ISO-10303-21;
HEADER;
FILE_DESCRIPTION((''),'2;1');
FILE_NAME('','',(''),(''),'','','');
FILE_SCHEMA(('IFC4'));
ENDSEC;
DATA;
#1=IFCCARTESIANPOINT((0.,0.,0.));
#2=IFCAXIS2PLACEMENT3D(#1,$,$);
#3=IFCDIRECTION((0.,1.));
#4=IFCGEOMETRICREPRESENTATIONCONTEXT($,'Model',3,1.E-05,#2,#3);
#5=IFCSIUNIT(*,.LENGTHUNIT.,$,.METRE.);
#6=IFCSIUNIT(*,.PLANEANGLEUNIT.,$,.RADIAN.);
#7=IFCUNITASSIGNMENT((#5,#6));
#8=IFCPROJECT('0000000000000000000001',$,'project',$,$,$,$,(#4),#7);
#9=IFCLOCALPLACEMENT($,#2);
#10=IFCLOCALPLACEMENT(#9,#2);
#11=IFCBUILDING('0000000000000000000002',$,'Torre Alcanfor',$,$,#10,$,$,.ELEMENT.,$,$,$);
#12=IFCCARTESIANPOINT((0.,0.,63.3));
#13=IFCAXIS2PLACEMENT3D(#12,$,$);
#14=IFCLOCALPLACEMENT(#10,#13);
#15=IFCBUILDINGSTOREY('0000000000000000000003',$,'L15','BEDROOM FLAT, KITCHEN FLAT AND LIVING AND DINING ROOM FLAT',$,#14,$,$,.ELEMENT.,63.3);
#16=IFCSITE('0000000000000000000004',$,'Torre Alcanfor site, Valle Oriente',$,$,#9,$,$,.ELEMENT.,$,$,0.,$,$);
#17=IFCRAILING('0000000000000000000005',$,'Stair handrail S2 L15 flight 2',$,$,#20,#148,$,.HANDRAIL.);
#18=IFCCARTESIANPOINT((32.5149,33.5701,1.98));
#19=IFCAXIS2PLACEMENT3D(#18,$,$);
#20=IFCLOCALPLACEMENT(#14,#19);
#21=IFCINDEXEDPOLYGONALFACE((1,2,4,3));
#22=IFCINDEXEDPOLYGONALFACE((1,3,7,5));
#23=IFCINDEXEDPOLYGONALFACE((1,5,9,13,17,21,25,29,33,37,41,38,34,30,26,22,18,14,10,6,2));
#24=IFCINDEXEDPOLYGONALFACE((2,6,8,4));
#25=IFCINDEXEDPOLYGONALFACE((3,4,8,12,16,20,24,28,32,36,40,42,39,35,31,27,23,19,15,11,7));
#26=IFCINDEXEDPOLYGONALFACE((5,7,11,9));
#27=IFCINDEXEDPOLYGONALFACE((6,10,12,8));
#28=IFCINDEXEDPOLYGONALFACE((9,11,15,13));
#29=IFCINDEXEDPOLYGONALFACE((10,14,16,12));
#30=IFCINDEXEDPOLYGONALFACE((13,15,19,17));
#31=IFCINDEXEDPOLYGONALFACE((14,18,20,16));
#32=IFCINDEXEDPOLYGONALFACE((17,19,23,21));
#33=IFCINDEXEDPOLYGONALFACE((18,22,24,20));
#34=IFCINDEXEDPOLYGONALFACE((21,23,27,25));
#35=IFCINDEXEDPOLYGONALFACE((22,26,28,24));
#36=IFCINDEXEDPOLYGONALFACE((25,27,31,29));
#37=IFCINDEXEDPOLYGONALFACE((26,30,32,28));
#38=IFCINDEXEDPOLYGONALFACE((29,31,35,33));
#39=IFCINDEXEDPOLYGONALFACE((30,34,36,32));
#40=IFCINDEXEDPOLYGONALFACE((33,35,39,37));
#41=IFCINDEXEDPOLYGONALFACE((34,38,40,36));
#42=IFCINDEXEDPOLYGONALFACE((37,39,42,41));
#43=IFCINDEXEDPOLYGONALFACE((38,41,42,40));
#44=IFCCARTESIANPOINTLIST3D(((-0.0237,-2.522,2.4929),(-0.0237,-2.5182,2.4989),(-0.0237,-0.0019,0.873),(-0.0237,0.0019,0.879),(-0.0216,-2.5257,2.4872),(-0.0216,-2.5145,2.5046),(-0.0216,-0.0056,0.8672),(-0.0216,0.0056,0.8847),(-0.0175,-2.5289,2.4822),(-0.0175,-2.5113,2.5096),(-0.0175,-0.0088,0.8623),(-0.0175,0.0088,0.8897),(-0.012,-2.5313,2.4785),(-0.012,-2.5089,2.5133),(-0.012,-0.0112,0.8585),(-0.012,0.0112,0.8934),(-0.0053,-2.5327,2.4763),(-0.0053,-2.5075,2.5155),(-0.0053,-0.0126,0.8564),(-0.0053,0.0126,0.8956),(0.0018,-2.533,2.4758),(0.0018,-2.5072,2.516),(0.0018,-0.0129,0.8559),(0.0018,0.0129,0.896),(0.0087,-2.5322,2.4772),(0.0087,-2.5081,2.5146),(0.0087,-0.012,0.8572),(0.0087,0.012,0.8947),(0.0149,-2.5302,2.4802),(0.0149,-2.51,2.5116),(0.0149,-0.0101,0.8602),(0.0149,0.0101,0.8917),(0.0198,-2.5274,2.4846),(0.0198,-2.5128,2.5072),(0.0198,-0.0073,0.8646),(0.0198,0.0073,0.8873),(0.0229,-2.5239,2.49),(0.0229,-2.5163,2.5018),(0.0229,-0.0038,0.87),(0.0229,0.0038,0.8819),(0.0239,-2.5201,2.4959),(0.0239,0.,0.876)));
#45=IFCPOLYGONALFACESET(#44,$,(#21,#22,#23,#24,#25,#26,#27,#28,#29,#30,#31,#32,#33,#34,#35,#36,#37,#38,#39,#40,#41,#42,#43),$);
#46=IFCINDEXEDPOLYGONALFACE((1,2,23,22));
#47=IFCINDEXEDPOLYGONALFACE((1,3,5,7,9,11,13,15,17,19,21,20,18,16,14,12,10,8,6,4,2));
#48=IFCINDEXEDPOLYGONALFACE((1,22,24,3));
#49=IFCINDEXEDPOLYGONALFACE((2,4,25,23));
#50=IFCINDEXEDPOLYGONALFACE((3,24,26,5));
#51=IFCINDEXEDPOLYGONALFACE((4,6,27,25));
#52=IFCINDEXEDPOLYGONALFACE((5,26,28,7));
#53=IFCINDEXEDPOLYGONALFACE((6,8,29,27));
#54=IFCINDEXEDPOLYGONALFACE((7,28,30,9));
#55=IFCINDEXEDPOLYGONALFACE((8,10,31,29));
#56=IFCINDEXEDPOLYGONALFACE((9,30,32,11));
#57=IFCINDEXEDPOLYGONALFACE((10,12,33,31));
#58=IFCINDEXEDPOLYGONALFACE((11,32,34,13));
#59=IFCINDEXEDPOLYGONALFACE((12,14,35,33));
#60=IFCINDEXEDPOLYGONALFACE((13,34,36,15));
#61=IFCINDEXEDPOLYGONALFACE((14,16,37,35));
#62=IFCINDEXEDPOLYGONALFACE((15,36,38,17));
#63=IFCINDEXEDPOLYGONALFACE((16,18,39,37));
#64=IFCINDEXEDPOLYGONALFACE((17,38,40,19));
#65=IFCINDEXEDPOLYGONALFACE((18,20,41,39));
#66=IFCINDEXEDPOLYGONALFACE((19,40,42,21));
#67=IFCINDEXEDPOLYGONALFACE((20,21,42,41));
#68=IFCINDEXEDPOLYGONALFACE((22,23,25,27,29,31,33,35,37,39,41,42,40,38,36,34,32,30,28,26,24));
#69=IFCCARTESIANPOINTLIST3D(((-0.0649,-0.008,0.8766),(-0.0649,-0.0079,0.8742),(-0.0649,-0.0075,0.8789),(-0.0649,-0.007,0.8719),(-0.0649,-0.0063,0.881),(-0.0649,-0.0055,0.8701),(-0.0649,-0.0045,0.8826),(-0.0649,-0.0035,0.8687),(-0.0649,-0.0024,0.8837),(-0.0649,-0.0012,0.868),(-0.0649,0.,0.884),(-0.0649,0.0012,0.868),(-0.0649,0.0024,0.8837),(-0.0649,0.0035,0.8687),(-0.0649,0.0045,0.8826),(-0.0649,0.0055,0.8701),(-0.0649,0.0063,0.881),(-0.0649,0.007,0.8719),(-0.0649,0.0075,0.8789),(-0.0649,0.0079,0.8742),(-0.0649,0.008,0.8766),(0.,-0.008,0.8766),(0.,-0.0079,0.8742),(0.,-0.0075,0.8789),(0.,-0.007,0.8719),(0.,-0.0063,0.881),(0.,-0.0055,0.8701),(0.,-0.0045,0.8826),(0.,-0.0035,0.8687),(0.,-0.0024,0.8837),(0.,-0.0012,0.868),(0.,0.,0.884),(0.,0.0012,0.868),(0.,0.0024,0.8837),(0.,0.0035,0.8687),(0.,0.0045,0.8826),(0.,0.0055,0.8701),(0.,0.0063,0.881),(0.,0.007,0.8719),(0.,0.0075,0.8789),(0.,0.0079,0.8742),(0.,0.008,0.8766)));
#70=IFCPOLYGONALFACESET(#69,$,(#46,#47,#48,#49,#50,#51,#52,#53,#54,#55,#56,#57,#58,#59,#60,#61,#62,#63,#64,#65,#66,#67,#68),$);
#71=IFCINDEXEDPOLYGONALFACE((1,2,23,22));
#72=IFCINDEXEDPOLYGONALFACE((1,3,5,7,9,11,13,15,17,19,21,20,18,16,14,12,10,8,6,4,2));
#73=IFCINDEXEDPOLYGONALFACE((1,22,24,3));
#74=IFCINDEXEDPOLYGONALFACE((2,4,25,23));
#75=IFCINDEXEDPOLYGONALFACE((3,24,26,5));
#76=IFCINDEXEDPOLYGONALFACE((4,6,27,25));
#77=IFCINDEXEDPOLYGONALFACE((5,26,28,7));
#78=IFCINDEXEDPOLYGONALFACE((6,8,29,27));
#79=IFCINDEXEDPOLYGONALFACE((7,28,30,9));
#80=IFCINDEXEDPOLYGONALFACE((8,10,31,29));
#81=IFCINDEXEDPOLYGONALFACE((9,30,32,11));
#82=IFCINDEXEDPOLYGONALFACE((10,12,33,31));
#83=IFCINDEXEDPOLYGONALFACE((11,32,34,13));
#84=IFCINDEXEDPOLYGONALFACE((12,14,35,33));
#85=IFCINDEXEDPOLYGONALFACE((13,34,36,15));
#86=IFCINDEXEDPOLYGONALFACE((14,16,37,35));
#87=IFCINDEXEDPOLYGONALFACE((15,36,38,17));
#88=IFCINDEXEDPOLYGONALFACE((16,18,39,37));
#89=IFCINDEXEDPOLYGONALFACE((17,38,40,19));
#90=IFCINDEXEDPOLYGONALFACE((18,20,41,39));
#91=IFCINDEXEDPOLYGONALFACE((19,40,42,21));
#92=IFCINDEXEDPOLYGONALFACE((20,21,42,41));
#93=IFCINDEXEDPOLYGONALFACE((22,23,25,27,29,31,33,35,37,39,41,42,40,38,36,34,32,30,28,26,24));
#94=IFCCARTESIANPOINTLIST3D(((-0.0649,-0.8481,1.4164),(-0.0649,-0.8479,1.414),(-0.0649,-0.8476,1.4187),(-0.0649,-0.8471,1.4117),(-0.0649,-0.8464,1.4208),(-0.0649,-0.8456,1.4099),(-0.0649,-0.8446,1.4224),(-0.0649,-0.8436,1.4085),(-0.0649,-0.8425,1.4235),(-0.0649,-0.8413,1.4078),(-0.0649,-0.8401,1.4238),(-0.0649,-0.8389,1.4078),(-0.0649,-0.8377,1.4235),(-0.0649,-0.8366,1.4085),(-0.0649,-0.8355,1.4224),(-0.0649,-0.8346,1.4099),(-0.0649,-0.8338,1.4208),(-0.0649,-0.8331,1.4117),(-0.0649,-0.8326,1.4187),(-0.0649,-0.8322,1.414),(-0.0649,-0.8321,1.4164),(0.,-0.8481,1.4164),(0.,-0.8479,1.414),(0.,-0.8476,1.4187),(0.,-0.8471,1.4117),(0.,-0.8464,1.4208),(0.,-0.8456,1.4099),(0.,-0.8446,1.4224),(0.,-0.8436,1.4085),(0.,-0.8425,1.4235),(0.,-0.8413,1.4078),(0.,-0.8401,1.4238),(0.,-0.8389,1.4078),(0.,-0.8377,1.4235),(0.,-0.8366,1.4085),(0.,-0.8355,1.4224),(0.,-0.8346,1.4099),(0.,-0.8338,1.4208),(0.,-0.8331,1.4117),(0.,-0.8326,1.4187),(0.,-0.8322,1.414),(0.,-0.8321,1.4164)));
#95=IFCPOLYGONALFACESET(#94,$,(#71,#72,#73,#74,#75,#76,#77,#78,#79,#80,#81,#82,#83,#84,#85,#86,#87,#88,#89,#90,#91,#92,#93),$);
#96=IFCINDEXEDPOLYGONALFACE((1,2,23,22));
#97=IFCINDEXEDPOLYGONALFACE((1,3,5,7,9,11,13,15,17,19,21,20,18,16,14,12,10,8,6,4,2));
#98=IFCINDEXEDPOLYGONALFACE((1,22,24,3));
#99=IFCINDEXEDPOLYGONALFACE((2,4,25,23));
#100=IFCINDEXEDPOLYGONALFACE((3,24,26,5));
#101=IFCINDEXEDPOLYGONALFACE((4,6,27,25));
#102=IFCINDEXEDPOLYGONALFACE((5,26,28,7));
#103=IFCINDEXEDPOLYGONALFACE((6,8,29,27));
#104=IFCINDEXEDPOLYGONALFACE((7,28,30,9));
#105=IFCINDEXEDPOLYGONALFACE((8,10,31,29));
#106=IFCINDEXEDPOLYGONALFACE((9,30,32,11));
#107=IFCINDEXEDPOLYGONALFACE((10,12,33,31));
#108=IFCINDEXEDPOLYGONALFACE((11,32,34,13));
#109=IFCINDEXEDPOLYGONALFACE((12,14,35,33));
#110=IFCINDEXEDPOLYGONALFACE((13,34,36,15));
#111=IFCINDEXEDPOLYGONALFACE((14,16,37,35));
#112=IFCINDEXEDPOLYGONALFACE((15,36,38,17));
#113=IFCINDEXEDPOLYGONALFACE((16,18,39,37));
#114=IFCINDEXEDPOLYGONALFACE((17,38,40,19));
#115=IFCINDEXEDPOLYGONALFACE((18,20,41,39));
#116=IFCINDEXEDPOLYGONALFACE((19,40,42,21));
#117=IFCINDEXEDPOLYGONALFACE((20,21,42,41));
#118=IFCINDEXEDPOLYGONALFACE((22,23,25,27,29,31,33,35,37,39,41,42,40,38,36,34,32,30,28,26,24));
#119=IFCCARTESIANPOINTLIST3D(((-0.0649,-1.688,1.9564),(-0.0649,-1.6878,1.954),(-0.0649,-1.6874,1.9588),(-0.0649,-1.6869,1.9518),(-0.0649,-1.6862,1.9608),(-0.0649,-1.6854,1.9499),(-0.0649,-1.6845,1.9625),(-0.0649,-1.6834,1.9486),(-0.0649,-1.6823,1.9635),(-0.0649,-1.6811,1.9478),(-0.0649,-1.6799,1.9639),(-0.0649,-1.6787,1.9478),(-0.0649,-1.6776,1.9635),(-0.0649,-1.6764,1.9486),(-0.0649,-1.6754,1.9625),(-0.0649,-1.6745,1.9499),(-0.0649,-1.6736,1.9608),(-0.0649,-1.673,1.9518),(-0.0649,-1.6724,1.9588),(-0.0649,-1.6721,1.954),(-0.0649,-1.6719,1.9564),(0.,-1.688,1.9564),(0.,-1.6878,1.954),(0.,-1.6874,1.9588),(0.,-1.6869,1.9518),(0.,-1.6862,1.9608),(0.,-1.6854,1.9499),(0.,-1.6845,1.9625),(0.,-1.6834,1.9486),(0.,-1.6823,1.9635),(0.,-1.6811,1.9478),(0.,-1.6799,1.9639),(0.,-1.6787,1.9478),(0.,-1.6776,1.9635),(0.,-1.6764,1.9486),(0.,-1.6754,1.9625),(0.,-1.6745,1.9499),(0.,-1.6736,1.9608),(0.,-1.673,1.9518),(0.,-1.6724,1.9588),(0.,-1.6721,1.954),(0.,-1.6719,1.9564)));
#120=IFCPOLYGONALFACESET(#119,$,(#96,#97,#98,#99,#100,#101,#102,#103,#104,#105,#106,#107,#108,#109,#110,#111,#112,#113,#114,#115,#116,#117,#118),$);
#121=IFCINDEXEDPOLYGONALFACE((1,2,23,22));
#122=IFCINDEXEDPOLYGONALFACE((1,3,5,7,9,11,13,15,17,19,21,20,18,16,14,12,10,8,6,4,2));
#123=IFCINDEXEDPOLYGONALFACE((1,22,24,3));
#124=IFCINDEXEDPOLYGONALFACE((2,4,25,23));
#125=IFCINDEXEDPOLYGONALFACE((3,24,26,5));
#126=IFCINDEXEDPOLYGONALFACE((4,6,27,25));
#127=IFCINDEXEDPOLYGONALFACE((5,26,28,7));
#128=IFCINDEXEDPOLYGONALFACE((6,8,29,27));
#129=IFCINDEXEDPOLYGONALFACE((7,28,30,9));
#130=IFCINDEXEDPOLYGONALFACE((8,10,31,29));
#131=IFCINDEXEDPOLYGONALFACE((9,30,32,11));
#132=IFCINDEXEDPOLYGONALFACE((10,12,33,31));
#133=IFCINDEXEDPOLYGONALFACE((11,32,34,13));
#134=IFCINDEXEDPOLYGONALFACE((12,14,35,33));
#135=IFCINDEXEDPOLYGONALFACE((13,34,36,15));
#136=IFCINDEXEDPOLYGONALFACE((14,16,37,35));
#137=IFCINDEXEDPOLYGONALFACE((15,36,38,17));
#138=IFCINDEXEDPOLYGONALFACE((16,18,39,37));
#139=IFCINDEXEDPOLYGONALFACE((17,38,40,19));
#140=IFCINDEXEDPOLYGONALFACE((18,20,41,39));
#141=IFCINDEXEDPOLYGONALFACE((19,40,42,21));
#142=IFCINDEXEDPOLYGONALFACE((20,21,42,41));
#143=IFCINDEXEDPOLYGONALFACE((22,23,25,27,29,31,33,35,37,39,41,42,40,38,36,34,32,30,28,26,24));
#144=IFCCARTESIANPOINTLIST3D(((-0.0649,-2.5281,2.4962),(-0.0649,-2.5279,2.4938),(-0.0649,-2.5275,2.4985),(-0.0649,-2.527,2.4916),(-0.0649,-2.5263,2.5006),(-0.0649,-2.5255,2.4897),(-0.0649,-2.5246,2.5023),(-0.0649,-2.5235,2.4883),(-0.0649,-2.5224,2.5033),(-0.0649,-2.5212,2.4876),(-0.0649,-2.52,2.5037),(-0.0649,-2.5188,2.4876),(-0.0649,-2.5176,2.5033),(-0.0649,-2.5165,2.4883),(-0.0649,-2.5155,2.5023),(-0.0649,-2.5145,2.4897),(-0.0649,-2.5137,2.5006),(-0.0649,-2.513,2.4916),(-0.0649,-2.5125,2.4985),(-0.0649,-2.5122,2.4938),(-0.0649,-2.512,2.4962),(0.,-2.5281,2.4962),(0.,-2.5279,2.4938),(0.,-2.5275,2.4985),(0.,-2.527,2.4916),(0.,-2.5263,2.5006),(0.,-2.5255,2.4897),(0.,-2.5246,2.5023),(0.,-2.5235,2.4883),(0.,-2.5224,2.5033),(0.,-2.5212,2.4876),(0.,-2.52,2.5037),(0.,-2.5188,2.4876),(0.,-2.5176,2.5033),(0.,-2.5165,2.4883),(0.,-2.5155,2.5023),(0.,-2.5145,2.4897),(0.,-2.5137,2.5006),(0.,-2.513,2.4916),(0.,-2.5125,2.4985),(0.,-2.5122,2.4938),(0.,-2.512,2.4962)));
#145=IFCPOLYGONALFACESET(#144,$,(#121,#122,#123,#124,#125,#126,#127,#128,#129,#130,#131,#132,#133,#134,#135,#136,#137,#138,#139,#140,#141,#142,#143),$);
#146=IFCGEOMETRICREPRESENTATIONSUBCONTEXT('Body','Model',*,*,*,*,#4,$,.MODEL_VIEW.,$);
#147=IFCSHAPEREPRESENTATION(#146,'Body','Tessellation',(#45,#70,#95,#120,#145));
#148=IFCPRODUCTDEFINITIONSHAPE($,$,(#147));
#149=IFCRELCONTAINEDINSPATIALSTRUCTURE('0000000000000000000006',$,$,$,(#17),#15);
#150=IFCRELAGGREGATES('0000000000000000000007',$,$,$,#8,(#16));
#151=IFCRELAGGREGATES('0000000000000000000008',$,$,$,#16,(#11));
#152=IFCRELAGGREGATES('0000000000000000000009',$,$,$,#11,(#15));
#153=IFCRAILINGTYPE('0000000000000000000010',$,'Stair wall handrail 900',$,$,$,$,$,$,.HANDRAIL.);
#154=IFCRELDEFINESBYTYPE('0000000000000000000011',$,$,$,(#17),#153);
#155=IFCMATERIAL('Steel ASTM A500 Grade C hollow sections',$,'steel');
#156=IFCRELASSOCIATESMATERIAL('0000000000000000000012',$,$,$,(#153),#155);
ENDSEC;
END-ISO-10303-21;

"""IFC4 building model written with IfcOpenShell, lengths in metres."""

from ifc_helpers import new_model, si_unit, direction, frame, origin, origin_2d, place, context, subcontext, project, spatial, circle, extrude, material, type_object, element, save


model = new_model("IFC4")

# Units and contexts
model_context = context("Model", 3, precision=1e-05, world=origin(), true_north=direction((0.0, 1.0)))
body_context = subcontext(model_context, "Body", "Model", "MODEL_VIEW")
ifc_project = project(units=[si_unit("LENGTHUNIT", "METRE"), si_unit("PLANEANGLEUNIT", "RADIAN")], contexts=[model_context])

# Site, building, storey
site_placement = place(None, origin())
site = spatial("IfcSite", under=ifc_project, at=site_placement, Name="Torre Alcanfor site, Valle Oriente", CompositionType="ELEMENT", RefElevation=0.0)
building_placement = place(site_placement, origin())
building = spatial("IfcBuilding", under=site, at=building_placement, Name="Torre Alcanfor", CompositionType="ELEMENT")
storey_placement = place(building_placement, frame((0.0, 0.0, 63.3)))
storey = spatial("IfcBuildingStorey", under=building, at=storey_placement, Name="L15", Description="BEDROOM FLAT, KITCHEN FLAT AND LIVING AND DINING ROOM FLAT", CompositionType="ELEMENT", Elevation=63.3)

# Railing
ifc_material_1 = material(Name="Steel ASTM A500 Grade C hollow sections", Category="steel")
railing_type_1 = type_object("IfcRailingType", Name="Stair wall handrail 900", PredefinedType="HANDRAIL", material=ifc_material_1)
railing_1_placement = place(storey_placement, frame((32.5149, 33.5701, 1.98)))
element("IfcRailing", 1, at=railing_1_placement, inside=storey, type_object=railing_type_1, Name="Stair handrail S2 L15 flight 2", PredefinedType="HANDRAIL", context=body_context, shape_type="SweptSolid", body=[
    extrude(circle(Radius=0.0239, at=origin_2d()), frame((0.0, 0.0, 0.876), z_axis=(0.0, -0.8412, 0.540725), x_axis=(1.0, 0.0, 0.0)), (0.0, 0.0, 1.0), 2.9958),
    extrude(circle(Radius=0.0081, at=origin_2d()), frame((0.0, 0.0, 0.876), z_axis=(-1.0, 0.0, 0.0), x_axis=(0.0, 0.0, 1.0)), (0.0, 0.0, 1.0), 0.0649),
    extrude(circle(Radius=0.0081, at=origin_2d()), frame((0.0, -0.8401, 1.4158), z_axis=(-1.0, 0.0, 0.0), x_axis=(0.0, 0.0, 1.0)), (0.0, 0.0, 1.0), 0.0649),
    extrude(circle(Radius=0.0081, at=origin_2d()), frame((0.0, -1.6799, 1.9558), z_axis=(-1.0, 0.0, 0.0), x_axis=(0.0, 0.0, 1.0)), (0.0, 0.0, 1.0), 0.0649),
    extrude(circle(Radius=0.0081, at=origin_2d()), frame((0.0, -2.52, 2.4956), z_axis=(-1.0, 0.0, 0.0), x_axis=(0.0, 0.0, 1.0)), (0.0, 0.0, 1.0), 0.0649),
])

save(model, "model.ifc")
